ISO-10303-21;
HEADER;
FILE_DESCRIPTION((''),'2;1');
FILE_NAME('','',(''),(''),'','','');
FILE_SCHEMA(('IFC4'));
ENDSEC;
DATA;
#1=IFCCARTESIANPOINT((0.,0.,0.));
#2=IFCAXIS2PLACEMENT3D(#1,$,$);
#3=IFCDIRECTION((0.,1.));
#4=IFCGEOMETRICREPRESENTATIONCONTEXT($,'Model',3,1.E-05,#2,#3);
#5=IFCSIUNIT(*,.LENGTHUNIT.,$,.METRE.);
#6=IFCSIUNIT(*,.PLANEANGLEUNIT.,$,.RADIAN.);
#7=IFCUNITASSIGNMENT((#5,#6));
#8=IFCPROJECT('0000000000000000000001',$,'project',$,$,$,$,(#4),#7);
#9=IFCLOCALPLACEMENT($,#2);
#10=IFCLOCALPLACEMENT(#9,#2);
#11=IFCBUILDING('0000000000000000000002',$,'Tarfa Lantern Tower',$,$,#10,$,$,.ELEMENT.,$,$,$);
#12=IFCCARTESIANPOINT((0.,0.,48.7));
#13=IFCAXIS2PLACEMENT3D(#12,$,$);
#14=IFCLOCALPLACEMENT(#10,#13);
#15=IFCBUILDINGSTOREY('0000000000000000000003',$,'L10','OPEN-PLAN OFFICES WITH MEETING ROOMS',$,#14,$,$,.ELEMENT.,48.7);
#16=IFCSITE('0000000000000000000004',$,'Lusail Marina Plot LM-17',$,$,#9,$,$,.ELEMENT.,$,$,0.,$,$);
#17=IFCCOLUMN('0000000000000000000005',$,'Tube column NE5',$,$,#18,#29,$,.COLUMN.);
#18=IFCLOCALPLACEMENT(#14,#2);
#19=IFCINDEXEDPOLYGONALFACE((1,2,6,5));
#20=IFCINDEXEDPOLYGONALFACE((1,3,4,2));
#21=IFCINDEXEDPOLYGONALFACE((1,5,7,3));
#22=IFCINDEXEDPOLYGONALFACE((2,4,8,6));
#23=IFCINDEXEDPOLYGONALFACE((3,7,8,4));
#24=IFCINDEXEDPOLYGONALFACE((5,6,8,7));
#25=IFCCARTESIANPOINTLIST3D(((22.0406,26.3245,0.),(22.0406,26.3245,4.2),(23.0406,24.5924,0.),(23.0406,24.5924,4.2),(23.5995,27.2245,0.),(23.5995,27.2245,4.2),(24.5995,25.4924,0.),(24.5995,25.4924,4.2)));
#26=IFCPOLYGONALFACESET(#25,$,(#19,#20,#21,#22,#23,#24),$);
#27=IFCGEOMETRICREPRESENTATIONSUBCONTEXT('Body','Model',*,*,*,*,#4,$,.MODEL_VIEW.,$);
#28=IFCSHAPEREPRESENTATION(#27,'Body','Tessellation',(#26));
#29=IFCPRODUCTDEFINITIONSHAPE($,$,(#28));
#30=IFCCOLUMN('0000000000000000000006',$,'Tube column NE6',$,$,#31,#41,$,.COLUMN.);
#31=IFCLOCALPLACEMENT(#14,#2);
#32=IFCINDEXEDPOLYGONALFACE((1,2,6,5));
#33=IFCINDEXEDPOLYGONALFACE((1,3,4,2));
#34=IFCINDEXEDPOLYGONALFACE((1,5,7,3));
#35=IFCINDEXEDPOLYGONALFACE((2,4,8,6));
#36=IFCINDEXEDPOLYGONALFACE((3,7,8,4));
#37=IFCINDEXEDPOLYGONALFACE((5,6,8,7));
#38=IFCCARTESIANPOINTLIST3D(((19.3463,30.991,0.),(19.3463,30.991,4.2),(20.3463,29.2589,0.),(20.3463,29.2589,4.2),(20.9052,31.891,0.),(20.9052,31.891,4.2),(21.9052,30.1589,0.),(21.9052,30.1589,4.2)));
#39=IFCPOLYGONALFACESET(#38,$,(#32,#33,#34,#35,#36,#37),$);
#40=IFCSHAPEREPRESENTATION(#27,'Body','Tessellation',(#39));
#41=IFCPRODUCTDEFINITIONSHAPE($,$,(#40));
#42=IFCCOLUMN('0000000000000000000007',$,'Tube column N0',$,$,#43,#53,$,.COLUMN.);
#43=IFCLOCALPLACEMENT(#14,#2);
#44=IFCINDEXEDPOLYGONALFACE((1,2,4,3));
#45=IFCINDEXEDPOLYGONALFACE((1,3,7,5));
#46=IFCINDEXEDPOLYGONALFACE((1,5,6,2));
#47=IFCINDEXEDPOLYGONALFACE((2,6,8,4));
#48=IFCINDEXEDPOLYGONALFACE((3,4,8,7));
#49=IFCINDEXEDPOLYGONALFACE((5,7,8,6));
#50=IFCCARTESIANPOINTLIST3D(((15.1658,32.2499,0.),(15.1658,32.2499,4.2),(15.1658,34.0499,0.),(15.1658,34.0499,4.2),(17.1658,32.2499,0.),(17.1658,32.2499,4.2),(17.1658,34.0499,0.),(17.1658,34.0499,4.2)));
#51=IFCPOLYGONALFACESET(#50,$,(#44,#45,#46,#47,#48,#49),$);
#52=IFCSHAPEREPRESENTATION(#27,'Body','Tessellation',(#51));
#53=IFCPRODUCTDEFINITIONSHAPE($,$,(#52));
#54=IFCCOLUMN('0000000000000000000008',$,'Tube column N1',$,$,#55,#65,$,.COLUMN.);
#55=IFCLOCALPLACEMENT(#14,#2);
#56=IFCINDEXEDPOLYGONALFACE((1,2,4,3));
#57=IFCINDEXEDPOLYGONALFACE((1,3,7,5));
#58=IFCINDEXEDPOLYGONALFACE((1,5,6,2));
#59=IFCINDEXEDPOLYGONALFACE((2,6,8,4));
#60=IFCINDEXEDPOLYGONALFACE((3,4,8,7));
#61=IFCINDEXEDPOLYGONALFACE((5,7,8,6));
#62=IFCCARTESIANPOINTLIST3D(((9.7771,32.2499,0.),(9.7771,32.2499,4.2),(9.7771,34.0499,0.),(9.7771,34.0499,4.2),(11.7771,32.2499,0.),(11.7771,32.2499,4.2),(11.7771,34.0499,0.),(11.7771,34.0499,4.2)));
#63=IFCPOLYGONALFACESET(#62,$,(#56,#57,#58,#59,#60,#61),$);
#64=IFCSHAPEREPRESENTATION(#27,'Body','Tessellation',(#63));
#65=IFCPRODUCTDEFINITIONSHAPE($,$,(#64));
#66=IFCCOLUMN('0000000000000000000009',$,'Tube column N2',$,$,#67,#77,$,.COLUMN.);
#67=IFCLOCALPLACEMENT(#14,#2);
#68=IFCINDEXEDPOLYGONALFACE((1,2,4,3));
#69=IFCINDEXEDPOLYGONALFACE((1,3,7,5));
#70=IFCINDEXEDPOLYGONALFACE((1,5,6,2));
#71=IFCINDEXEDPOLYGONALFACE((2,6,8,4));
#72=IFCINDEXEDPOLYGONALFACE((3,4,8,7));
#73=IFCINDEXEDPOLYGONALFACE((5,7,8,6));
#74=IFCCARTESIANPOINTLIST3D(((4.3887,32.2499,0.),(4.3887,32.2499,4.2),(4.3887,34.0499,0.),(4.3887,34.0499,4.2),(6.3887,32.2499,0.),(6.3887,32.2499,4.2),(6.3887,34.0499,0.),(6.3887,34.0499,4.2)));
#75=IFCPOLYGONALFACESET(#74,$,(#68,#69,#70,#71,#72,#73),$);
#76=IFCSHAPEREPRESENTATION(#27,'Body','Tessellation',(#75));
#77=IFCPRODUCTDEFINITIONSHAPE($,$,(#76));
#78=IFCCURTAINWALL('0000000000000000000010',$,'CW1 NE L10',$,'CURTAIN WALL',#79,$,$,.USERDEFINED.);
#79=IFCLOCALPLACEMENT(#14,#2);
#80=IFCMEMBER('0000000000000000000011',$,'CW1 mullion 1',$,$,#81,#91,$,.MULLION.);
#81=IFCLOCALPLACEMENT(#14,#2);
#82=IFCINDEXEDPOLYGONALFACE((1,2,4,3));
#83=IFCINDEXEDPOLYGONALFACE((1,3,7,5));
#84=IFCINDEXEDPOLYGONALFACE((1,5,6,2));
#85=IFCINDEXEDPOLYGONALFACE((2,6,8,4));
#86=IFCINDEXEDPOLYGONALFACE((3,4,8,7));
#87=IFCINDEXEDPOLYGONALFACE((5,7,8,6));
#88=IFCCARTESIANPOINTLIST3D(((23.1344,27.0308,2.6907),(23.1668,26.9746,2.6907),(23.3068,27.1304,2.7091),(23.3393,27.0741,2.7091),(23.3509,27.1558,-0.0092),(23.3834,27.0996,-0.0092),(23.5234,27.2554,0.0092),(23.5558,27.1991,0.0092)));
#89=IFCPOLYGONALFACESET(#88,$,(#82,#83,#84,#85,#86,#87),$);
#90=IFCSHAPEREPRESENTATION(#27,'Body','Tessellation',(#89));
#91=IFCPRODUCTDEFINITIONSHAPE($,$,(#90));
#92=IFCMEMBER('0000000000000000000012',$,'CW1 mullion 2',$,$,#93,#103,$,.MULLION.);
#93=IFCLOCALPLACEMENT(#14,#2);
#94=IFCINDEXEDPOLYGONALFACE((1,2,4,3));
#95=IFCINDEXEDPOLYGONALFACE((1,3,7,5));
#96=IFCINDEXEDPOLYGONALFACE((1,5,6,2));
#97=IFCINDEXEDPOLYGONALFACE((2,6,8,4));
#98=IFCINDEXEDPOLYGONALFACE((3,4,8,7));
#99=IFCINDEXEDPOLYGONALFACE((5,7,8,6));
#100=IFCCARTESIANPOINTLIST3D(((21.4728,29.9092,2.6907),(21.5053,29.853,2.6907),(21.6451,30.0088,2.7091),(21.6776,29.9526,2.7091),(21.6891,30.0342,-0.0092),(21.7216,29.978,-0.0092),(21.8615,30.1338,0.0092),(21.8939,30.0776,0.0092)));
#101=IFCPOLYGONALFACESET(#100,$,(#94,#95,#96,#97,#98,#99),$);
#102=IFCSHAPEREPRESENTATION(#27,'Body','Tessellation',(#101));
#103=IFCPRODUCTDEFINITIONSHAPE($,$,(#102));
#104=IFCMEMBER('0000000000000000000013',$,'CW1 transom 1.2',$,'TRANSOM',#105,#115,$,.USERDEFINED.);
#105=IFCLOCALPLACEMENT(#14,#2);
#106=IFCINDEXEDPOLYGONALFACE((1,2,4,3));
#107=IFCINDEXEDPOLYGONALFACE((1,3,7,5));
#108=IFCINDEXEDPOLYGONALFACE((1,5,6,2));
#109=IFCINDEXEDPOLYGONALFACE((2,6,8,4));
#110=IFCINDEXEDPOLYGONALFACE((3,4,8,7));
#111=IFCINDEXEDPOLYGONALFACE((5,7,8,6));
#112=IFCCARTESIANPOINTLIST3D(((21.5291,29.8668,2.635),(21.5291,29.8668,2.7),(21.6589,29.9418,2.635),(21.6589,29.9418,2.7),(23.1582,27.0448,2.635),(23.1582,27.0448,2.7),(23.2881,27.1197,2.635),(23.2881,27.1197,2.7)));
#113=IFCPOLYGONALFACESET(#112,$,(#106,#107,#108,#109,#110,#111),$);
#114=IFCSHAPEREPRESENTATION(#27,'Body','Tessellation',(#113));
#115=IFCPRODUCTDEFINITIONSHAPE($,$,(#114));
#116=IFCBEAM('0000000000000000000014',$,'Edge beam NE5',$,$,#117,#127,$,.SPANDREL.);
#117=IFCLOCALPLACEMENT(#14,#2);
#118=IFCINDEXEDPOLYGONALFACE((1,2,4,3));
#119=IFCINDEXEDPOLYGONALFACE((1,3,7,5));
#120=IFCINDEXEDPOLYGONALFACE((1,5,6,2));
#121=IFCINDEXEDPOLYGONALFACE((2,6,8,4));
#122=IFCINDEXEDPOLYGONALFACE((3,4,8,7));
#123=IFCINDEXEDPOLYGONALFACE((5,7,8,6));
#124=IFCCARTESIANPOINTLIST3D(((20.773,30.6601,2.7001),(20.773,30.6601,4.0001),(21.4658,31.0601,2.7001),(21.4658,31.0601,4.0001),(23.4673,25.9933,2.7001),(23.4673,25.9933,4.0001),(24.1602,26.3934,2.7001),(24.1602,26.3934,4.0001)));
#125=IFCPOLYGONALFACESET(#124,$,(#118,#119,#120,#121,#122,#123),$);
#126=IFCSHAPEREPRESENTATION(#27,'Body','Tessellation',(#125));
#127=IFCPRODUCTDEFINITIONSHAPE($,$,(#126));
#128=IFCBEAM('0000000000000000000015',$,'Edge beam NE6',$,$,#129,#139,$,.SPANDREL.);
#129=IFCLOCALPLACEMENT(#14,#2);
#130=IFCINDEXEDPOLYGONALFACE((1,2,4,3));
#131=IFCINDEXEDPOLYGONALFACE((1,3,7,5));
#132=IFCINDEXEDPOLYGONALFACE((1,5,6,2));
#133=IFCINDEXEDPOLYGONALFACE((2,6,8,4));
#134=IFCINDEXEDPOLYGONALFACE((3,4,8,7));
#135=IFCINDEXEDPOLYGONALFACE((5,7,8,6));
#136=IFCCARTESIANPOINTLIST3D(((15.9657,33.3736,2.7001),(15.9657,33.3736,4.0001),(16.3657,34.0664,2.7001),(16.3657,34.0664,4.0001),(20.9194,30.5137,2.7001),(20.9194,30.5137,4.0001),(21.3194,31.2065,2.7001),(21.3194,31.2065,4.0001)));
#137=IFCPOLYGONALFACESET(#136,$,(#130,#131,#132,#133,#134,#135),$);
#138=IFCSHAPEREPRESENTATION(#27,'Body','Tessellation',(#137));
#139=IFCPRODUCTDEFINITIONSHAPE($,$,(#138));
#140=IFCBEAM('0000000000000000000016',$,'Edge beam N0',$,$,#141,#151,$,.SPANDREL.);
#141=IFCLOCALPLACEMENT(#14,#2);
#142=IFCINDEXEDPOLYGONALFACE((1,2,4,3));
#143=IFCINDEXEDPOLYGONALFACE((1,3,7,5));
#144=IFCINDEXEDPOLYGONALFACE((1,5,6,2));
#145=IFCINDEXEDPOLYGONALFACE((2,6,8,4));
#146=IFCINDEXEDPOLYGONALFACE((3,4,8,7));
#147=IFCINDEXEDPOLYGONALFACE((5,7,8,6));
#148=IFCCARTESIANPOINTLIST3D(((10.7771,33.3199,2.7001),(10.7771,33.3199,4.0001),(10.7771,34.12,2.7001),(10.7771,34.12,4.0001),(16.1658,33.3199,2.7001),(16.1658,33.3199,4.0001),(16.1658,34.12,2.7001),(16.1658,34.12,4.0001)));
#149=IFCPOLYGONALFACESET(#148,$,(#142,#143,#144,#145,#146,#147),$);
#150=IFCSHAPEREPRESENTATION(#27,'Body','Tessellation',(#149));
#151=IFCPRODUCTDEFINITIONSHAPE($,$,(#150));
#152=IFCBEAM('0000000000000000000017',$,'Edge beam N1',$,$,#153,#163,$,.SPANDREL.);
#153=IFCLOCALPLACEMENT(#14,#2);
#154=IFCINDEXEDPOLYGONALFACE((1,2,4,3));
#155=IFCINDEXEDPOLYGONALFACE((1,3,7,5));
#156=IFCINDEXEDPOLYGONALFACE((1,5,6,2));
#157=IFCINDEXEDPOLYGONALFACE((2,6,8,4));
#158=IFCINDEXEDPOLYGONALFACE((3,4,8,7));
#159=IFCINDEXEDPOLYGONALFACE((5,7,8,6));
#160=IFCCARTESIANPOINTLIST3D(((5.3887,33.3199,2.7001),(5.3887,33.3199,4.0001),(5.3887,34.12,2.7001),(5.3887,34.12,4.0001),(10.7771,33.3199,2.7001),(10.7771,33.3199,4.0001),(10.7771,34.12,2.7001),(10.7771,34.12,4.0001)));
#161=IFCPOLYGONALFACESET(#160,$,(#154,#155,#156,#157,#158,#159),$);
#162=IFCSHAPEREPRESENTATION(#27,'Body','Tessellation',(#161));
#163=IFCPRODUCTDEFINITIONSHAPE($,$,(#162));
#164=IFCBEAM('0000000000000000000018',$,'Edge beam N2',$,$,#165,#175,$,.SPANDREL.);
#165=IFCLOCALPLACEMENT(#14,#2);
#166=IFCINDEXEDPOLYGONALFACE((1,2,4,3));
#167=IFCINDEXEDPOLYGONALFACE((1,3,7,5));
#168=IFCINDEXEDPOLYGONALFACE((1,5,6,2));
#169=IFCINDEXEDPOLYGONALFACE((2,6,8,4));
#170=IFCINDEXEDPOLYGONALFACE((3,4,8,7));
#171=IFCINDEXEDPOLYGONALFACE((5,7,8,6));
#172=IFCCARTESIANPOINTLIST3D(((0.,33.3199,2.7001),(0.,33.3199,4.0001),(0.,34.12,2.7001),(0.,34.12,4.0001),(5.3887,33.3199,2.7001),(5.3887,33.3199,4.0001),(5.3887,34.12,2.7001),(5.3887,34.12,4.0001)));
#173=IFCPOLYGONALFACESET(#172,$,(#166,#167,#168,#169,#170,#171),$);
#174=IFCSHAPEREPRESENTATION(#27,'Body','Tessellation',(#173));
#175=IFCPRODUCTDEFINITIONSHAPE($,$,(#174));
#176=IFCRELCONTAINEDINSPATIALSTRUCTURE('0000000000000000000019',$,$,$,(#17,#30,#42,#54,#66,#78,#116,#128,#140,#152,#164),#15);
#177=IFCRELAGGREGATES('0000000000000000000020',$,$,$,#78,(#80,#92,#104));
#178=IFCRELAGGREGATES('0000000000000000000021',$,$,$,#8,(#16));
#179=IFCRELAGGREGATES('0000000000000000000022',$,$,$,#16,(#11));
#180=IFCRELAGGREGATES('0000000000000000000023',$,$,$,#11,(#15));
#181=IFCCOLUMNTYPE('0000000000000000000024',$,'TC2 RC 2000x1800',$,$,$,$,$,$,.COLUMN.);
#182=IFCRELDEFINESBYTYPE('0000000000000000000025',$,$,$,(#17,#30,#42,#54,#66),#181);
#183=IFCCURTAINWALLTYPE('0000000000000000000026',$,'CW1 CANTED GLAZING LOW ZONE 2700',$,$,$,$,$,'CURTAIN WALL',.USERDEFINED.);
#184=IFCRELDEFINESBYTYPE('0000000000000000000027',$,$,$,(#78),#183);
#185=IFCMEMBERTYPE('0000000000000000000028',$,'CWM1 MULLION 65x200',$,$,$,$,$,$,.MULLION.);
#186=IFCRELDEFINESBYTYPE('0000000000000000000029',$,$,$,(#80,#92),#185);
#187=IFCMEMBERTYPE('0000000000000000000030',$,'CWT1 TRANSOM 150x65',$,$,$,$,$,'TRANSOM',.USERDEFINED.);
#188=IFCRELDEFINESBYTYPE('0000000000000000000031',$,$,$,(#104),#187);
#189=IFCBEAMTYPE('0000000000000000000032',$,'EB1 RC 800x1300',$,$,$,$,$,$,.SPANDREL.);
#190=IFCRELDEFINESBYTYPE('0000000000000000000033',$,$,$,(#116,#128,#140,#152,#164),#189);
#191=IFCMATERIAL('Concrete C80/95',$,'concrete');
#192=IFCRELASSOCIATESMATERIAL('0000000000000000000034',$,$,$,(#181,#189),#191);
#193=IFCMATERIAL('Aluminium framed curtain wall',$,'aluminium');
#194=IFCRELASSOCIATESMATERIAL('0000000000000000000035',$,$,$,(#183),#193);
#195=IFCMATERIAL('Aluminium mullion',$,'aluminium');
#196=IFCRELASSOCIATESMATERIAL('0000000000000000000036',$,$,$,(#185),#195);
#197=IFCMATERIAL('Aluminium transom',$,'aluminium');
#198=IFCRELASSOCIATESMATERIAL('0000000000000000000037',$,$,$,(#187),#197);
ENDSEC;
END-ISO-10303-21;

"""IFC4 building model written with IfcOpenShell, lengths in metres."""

from ifc_helpers import new_model, si_unit, direction, frame, origin, origin_2d, place, context, subcontext, project, spatial, rectangle, extrude, material, material_profile, profile_set, type_object, element, aggregate, save


model = new_model("IFC4")

# Units and contexts
model_context = context("Model", 3, precision=1e-05, world=origin(), true_north=direction((0.0, 1.0)))
body_context = subcontext(model_context, "Body", "Model", "MODEL_VIEW")
ifc_project = project(units=[si_unit("LENGTHUNIT", "METRE"), si_unit("PLANEANGLEUNIT", "RADIAN")], contexts=[model_context])

# Site, building, storey
site_placement = place(None, origin())
site = spatial("IfcSite", under=ifc_project, at=site_placement, Name="Lusail Marina Plot LM-17", CompositionType="ELEMENT", RefElevation=0.0)
building_placement = place(site_placement, origin())
building = spatial("IfcBuilding", under=site, at=building_placement, Name="Tarfa Lantern Tower", CompositionType="ELEMENT")
storey_placement = place(building_placement, frame((0.0, 0.0, 48.7)))
storey = spatial("IfcBuildingStorey", under=building, at=storey_placement, Name="L10", Description="OPEN-PLAN OFFICES WITH MEETING ROOMS", CompositionType="ELEMENT", Elevation=48.7)

# Columns
ifc_material_1 = material(Name="Concrete C80/95", Category="concrete")
ifc_material_profile_1 = material_profile(ifc_material_1, rectangle(XDim=2.0, YDim=1.8, at=origin_2d()), Name="RC 2000x1800")
ifc_profile_set_1 = profile_set([ifc_material_profile_1], Name="Concrete C80/95")
column_type = type_object("IfcColumnType", Name="TC2 RC 2000x1800", PredefinedType="COLUMN", material=ifc_profile_set_1)
for number, where, z_axis, x_axis, name in (
    (1, (23.3201, 25.9084, 0.0), (0.0, 0.0, 1.0), (-0.5, 0.866025, 0.0), "Tube column NE5"),
    (2, (20.6257, 30.575, 0.0), (0.0, 0.0, 1.0), (-0.5, 0.866025, 0.0), "Tube column NE6"),
    (3, (16.1658, 33.1499, 0.0), (0.0, 0.0, 1.0), (-1.0, 0.0, 0.0), "Tube column N0"),
    (4, (10.7771, 33.1499, 0.0), (0.0, 0.0, 1.0), (-1.0, 0.0, 0.0), "Tube column N1"),
    (5, (5.3887, 33.1499, 0.0), (0.0, 0.0, 1.0), (-1.0, 0.0, 0.0), "Tube column N2"),
):
    element("IfcColumn", number, at=place(storey_placement, frame(where, z_axis=z_axis, x_axis=x_axis)), inside=storey, type_object=column_type, Name=name, PredefinedType="COLUMN", context=body_context, shape_type="SweptSolid", body=[
        extrude(rectangle(XDim=2.0, YDim=1.8, at=origin_2d()), origin(), (0.0, 0.0, 1.0), 4.2),
    ])

# Curtain wall, members
ifc_material_2 = material(Name="Aluminium framed curtain wall", Category="aluminium")
curtain_wall_type = type_object("IfcCurtainWallType", Name="CW1 CANTED GLAZING LOW ZONE 2700", ElementType="CURTAIN WALL", PredefinedType="USERDEFINED", material=ifc_material_2)
curtain_wall_placement = place(storey_placement, origin())
curtain_wall = element("IfcCurtainWall", 6, at=curtain_wall_placement, inside=storey, type_object=curtain_wall_type, Name="CW1 NE L10", ObjectType="CURTAIN WALL", PredefinedType="USERDEFINED")
ifc_material_3 = material(Name="Aluminium mullion", Category="aluminium")
ifc_material_profile_2 = material_profile(ifc_material_3, rectangle(XDim=0.0649, YDim=0.2, at=origin_2d()), Name="AL MULLION 65x200")
ifc_profile_set_2 = profile_set([ifc_material_profile_2], Name="Aluminium mullion")
member_type_1 = type_object("IfcMemberType", Name="CWM1 MULLION 65x200", PredefinedType="MULLION", material=ifc_profile_set_2)
member_1_placement = place(storey_placement, frame((23.4534, 27.1775, 0.0), z_axis=(-0.079864, -0.0461, 0.995739), x_axis=(0.49992, -0.866072, 0.0)))
member_1 = element("IfcMember", 7, at=member_1_placement, type_object=member_type_1, Name="CW1 mullion 1", PredefinedType="MULLION", context=body_context, shape_type="SweptSolid", body=[
    extrude(rectangle(XDim=0.0649, YDim=0.2, at=origin_2d()), origin(), (0.0, 0.0, 1.0), 2.7114),
])
member_2_placement = place(storey_placement, frame((21.7915, 30.0559, 0.0), z_axis=(-0.079775, -0.0461, 0.995746), x_axis=(0.500343, -0.865827, 0.0)))
member_2 = element("IfcMember", 8, at=member_2_placement, type_object=member_type_1, Name="CW1 mullion 2", PredefinedType="MULLION", context=body_context, shape_type="SweptSolid", body=[
    extrude(rectangle(XDim=0.0649, YDim=0.2, at=origin_2d()), origin(), (0.0, 0.0, 1.0), 2.7114),
])
ifc_material_4 = material(Name="Aluminium transom", Category="aluminium")
ifc_material_profile_3 = material_profile(ifc_material_4, rectangle(XDim=0.1499, YDim=0.0649, at=origin_2d()), Name="AL TRANSOM 150x65")
ifc_profile_set_3 = profile_set([ifc_material_profile_3], Name="Aluminium transom")
member_type_2 = type_object("IfcMemberType", Name="CWT1 TRANSOM 150x65", ElementType="TRANSOM", PredefinedType="USERDEFINED", material=ifc_profile_set_3)
member_3_placement = place(storey_placement, frame((23.2231, 27.0823, 2.6675), z_axis=(-0.499967, 0.866045, 0.0), x_axis=(-0.866045, -0.499967, 0.0)))
member_3 = element("IfcMember", 9, at=member_3_placement, type_object=member_type_2, Name="CW1 transom 1.2", ObjectType="TRANSOM", PredefinedType="USERDEFINED", context=body_context, shape_type="SweptSolid", body=[
    extrude(rectangle(XDim=0.1499, YDim=0.0649, at=origin_2d()), origin(), (0.0, 0.0, 1.0), 3.2585),
])

# Beams
ifc_material_profile_4 = material_profile(ifc_material_1, rectangle(XDim=0.8, YDim=1.3, at=origin_2d()), Name="RC 800x1300")
ifc_profile_set_4 = profile_set([ifc_material_profile_4], Name="Concrete C80/95")
beam_type_1 = type_object("IfcBeamType", Name="EB1 RC 800x1300", PredefinedType="SPANDREL", material=ifc_profile_set_4)
beam_1_placement = place(storey_placement, frame((23.8137, 26.1934, 3.3501), z_axis=(-0.499998, 0.866026, 0.0), x_axis=(-0.866026, -0.499998, 0.0)))
element("IfcBeam", 10, at=beam_1_placement, inside=storey, type_object=beam_type_1, Name="Edge beam NE5", PredefinedType="SPANDREL", context=body_context, shape_type="SweptSolid", body=[
    extrude(rectangle(XDim=0.8, YDim=1.3, at=origin_2d()), origin(), (0.0, 0.0, 1.0), 5.3887),
])
beam_2_placement = place(storey_placement, frame((21.1194, 30.8601, 3.3501), z_axis=(-0.866033, 0.499986, 0.0), x_axis=(-0.499986, -0.866033, 0.0)))
element("IfcBeam", 11, at=beam_2_placement, inside=storey, type_object=beam_type_1, Name="Edge beam NE6", PredefinedType="SPANDREL", context=body_context, shape_type="SweptSolid", body=[
    extrude(rectangle(XDim=0.8, YDim=1.3, at=origin_2d()), origin(), (0.0, 0.0, 1.0), 5.72),
])
beam_3_placement = place(storey_placement, frame((16.1658, 33.72, 3.3501), z_axis=(-1.0, 0.0, 0.0), x_axis=(0.0, -1.0, 0.0)))
element("IfcBeam", 12, at=beam_3_placement, inside=storey, type_object=beam_type_1, Name="Edge beam N0", PredefinedType="SPANDREL", context=body_context, shape_type="SweptSolid", body=[
    extrude(rectangle(XDim=0.8, YDim=1.3, at=origin_2d()), origin(), (0.0, 0.0, 1.0), 5.3887),
])
beam_4_placement = place(storey_placement, frame((10.7771, 33.72, 3.3501), z_axis=(-1.0, 0.0, 0.0), x_axis=(0.0, -1.0, 0.0)))
element("IfcBeam", 13, at=beam_4_placement, inside=storey, type_object=beam_type_1, Name="Edge beam N1", PredefinedType="SPANDREL", context=body_context, shape_type="SweptSolid", body=[
    extrude(rectangle(XDim=0.8, YDim=1.3, at=origin_2d()), origin(), (0.0, 0.0, 1.0), 5.3884),
])
beam_5_placement = place(storey_placement, frame((5.3887, 33.72, 3.3501), z_axis=(-1.0, 0.0, 0.0), x_axis=(0.0, -1.0, 0.0)))
element("IfcBeam", 14, at=beam_5_placement, inside=storey, type_object=beam_type_1, Name="Edge beam N2", PredefinedType="SPANDREL", context=body_context, shape_type="SweptSolid", body=[
    extrude(rectangle(XDim=0.8, YDim=1.3, at=origin_2d()), origin(), (0.0, 0.0, 1.0), 5.3887),
])

aggregate(curtain_wall, [member_1, member_2, member_3])

save(model, "model.ifc")
